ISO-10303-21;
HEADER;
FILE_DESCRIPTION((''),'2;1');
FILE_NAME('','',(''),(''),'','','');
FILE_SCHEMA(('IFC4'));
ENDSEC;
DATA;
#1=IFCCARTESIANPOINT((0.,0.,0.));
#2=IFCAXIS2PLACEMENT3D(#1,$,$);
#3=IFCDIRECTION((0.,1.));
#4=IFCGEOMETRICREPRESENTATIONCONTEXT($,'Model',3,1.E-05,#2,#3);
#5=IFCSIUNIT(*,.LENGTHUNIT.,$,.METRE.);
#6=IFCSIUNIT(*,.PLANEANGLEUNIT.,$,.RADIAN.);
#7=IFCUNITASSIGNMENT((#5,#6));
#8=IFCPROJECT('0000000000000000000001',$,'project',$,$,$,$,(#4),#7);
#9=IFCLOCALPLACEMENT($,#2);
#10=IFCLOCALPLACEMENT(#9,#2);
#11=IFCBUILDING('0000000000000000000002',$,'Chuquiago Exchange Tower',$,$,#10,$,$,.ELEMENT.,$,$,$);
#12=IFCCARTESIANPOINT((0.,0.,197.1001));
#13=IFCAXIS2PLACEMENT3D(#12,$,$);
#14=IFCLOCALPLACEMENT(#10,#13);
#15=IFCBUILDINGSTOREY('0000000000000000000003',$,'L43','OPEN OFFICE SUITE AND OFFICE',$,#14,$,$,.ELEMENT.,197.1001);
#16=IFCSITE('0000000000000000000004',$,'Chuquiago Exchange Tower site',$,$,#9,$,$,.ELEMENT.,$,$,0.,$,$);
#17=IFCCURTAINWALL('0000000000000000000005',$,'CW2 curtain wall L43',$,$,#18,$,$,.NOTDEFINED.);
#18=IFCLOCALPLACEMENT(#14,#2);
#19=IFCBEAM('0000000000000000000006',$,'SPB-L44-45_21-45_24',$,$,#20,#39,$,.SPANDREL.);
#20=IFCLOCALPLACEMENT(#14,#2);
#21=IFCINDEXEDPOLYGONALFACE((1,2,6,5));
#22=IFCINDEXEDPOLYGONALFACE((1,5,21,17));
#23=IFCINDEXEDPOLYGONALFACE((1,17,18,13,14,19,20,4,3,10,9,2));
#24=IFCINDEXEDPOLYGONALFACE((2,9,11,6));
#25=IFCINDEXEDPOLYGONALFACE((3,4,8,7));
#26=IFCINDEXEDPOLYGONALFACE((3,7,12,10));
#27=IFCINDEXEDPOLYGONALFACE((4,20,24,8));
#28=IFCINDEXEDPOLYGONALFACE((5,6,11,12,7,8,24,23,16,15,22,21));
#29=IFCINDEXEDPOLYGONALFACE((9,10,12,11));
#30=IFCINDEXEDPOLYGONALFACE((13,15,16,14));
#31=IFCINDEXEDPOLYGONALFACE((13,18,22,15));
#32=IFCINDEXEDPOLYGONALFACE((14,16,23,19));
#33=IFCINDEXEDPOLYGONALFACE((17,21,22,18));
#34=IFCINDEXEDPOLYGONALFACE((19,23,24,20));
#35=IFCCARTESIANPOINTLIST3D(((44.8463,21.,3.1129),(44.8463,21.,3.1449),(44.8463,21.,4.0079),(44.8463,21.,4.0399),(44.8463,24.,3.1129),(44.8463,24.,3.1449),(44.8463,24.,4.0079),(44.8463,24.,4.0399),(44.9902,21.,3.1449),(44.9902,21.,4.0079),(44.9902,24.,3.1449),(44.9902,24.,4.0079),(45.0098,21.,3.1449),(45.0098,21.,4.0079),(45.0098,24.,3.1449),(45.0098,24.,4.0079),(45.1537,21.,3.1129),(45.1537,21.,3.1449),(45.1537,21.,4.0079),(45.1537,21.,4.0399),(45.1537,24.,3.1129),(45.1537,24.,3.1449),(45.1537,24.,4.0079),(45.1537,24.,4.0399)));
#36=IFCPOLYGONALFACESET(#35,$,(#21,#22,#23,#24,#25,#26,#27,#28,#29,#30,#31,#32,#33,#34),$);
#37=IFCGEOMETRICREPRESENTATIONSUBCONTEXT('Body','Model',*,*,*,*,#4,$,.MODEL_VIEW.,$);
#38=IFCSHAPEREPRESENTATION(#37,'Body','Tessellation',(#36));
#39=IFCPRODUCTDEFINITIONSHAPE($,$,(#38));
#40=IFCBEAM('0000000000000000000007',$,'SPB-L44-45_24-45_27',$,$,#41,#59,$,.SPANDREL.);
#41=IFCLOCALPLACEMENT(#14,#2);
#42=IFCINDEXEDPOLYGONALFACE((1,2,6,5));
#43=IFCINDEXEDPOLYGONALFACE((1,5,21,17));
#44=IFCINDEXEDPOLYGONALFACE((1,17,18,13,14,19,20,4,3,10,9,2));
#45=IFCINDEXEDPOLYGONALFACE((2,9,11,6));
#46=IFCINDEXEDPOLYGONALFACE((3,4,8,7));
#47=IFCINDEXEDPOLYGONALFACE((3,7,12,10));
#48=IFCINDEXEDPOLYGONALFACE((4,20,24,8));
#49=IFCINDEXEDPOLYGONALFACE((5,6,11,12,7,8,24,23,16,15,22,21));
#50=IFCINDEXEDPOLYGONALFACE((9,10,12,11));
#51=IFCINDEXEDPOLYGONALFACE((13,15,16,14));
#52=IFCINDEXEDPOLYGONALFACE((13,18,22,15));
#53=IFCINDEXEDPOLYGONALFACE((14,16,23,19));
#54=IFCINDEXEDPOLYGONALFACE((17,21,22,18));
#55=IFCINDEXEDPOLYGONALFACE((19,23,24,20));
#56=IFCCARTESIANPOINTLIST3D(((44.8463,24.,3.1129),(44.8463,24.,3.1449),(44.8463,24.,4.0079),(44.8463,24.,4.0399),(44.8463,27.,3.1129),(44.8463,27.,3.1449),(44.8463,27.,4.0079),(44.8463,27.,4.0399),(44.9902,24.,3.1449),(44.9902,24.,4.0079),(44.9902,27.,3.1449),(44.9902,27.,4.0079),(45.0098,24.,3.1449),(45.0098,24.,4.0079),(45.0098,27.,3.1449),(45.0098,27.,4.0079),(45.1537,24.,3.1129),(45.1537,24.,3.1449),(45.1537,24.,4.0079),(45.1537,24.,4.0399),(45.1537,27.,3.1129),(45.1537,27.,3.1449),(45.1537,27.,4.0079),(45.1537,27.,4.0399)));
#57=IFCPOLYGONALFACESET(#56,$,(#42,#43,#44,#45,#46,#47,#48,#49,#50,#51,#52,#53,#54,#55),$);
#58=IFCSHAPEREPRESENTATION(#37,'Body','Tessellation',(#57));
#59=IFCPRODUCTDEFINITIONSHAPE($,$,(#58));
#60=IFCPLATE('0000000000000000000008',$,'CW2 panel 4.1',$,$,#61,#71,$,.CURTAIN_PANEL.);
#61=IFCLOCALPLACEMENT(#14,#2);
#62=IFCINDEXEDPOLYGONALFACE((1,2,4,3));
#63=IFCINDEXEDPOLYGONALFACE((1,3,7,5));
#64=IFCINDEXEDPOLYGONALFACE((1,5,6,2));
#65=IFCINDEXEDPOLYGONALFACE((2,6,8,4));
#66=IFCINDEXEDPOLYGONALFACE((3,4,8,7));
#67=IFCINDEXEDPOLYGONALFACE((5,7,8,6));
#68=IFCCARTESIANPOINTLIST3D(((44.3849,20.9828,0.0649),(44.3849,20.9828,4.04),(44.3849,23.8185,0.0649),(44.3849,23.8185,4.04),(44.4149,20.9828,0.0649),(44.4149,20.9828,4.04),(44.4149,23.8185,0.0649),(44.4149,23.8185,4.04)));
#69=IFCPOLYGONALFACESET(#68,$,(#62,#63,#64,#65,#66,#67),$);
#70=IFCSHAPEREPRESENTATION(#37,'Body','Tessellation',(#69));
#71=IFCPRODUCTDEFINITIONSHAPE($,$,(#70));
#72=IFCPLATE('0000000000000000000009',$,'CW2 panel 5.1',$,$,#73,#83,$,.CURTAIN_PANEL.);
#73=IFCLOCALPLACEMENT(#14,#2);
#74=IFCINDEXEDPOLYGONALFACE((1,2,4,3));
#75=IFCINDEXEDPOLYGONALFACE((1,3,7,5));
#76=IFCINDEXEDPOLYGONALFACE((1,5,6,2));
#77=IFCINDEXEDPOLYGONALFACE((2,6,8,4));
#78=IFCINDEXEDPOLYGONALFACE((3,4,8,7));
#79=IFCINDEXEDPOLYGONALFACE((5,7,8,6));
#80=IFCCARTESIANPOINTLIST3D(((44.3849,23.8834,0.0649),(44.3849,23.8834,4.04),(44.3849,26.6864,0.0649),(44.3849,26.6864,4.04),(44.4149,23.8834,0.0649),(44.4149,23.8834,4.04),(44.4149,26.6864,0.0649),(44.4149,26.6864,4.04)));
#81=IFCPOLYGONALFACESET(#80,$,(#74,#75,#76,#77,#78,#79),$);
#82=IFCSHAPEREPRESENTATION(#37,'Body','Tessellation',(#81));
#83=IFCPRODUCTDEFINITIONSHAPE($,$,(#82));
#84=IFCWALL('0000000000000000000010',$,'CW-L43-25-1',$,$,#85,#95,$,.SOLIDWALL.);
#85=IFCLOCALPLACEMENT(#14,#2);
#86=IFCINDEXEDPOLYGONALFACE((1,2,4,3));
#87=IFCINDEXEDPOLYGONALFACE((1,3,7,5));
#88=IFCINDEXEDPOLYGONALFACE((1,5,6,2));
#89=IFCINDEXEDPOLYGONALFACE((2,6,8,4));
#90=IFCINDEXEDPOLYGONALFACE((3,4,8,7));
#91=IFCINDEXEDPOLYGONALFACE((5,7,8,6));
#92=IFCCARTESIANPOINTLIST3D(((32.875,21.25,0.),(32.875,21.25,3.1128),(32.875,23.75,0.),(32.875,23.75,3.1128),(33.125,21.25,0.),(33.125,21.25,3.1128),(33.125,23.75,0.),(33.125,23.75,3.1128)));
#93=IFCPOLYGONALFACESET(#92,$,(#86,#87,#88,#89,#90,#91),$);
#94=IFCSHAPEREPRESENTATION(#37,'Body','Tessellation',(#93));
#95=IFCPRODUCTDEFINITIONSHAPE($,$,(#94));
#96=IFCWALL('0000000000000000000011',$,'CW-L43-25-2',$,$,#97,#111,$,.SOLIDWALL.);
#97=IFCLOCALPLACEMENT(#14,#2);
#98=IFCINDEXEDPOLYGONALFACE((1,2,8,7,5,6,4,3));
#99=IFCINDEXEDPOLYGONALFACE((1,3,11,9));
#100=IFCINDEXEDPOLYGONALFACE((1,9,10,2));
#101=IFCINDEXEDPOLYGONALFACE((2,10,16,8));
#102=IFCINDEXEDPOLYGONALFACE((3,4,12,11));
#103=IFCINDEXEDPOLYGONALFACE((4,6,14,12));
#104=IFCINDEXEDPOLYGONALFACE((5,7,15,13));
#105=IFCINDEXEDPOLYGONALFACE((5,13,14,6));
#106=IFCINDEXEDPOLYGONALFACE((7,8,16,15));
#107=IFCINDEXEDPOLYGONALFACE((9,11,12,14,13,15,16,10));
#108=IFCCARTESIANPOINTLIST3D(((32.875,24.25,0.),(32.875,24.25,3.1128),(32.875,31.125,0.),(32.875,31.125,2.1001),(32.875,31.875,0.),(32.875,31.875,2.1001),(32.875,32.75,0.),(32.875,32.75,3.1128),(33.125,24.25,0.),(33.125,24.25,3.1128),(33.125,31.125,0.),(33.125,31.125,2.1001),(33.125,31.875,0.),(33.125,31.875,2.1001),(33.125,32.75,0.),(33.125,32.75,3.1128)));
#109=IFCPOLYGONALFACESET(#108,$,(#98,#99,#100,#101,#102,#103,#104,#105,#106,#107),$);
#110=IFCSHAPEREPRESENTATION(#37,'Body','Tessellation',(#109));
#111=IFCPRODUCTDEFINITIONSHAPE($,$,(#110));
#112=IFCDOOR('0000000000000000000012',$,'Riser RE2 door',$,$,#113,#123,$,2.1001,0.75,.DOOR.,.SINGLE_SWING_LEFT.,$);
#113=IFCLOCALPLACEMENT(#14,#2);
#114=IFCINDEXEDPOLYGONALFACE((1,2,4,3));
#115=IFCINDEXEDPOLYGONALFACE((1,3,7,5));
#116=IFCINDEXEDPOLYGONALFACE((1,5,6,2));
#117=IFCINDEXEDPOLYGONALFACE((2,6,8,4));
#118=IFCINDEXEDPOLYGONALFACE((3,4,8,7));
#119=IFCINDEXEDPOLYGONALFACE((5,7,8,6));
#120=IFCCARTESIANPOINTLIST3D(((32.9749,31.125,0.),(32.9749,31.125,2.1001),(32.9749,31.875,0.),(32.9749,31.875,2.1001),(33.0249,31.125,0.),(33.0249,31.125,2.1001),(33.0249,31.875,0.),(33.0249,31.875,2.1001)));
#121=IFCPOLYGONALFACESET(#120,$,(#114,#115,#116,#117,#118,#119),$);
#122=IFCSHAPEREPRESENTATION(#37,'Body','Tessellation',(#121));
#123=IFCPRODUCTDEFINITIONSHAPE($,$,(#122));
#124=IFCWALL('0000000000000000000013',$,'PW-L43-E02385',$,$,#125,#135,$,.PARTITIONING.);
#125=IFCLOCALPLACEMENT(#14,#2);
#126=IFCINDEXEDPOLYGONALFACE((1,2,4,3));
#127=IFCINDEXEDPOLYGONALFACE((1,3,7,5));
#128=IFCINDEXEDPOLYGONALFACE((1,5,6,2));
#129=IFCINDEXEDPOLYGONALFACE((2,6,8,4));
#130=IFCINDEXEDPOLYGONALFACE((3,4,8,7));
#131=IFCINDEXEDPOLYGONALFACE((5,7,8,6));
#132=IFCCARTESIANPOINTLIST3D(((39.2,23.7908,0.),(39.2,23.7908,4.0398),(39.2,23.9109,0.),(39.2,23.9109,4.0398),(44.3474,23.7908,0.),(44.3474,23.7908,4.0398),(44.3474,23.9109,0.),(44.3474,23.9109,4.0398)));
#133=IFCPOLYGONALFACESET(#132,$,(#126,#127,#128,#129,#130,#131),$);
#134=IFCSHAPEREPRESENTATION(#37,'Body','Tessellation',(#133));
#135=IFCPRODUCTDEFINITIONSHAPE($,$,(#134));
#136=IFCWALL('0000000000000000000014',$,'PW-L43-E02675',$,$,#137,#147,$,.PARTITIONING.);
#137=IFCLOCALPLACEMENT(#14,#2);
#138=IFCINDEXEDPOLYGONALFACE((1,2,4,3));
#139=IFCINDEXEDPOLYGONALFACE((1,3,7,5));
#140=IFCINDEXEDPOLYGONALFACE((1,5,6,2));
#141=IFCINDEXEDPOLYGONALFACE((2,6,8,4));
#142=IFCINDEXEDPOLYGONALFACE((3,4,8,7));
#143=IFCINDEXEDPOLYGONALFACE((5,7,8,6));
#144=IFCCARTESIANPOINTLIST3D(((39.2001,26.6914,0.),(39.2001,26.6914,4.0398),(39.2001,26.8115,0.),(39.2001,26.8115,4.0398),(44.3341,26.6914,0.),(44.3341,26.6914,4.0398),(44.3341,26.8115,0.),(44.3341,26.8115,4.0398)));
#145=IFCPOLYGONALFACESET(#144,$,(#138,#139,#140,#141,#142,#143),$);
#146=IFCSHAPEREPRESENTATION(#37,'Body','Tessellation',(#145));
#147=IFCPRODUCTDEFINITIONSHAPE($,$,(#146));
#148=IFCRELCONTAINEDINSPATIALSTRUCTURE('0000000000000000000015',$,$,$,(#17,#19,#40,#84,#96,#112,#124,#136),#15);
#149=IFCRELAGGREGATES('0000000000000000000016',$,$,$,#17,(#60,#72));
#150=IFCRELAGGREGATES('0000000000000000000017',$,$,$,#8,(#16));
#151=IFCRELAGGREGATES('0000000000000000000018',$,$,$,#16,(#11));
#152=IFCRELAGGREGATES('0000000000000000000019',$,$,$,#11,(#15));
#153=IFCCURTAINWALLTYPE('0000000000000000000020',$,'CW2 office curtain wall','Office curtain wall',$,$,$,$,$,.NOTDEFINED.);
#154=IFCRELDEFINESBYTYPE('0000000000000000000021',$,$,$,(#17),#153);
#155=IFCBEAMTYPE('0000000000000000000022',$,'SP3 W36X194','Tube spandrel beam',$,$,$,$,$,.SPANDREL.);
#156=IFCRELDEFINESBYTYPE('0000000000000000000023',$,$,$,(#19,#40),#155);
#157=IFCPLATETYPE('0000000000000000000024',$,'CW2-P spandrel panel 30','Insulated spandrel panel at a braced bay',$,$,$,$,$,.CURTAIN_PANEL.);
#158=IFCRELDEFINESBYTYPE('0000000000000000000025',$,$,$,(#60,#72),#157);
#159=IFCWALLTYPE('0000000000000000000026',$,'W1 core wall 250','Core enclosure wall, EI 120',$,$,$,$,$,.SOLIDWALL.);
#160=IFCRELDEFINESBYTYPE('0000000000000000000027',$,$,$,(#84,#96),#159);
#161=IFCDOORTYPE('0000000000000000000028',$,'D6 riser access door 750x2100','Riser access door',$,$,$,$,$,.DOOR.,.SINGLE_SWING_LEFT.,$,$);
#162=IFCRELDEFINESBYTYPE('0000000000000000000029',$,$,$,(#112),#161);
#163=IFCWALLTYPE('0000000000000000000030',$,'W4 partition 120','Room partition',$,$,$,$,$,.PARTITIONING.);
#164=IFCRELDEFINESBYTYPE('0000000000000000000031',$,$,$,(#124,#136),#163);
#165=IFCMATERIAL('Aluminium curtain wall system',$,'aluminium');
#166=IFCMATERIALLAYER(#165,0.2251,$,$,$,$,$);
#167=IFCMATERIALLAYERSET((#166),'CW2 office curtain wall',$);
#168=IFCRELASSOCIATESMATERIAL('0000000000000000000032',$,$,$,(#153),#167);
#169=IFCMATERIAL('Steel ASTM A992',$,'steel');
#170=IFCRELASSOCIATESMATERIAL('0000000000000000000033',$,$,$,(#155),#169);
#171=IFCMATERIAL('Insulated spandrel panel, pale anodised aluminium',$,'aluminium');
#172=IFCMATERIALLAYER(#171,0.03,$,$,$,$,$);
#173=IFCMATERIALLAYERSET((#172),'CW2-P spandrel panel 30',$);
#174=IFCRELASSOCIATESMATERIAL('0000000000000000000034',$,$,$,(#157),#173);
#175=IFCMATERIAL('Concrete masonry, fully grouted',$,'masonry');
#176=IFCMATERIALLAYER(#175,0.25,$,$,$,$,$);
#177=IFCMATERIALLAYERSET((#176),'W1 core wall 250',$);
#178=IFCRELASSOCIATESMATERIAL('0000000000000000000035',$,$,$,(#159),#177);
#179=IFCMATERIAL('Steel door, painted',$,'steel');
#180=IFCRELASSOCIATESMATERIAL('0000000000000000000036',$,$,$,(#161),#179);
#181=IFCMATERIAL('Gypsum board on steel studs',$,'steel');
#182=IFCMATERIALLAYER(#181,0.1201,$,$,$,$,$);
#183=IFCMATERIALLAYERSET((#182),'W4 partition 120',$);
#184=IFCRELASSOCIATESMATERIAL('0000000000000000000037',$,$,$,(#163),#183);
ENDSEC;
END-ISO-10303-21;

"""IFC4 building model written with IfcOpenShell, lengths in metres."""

from ifc_helpers import new_model, si_unit, direction, frame, frame_2d, origin, origin_2d, place, context, subcontext, project, spatial, rectangle, i_section, extrude, material, layer, layer_set, material_profile, profile_set, type_object, element, fill, aggregate, save


model = new_model("IFC4")

# Units and contexts
model_context = context("Model", 3, precision=1e-05, world=origin(), true_north=direction((0.0, 1.0)))
body_context = subcontext(model_context, "Body", "Model", "MODEL_VIEW")
ifc_project = project(units=[si_unit("LENGTHUNIT", "METRE"), si_unit("PLANEANGLEUNIT", "RADIAN")], contexts=[model_context])

# Site, building, storey
site_placement = place(None, origin())
site = spatial("IfcSite", under=ifc_project, at=site_placement, Name="Chuquiago Exchange Tower site", CompositionType="ELEMENT", RefElevation=0.0)
building_placement = place(site_placement, origin())
building = spatial("IfcBuilding", under=site, at=building_placement, Name="Chuquiago Exchange Tower", CompositionType="ELEMENT")
storey_placement = place(building_placement, frame((0.0, 0.0, 197.1001)))
storey = spatial("IfcBuildingStorey", under=building, at=storey_placement, Name="L43", Description="OPEN OFFICE SUITE AND OFFICE", CompositionType="ELEMENT", Elevation=197.1001)

# Curtain wall
ifc_material_1 = material(Name="Aluminium curtain wall system", Category="aluminium")
ifc_layer_1 = layer(ifc_material_1, 0.2251)
ifc_layer_set_1 = layer_set([ifc_layer_1], Name="CW2 office curtain wall")
curtain_wall_type_1 = type_object("IfcCurtainWallType", Name="CW2 office curtain wall", Description="Office curtain wall", PredefinedType="NOTDEFINED", material=ifc_layer_set_1)
curtain_wall_1_placement = place(storey_placement, origin())
curtain_wall_1 = element("IfcCurtainWall", 1, at=curtain_wall_1_placement, inside=storey, type_object=curtain_wall_type_1, Name="CW2 curtain wall L43", PredefinedType="NOTDEFINED")

# Beams
ifc_material_2 = material(Name="Steel ASTM A992", Category="steel")
ifc_material_profile_1 = material_profile(ifc_material_2, i_section(OverallWidth=0.3074, OverallDepth=0.927, WebThickness=0.0195, FlangeThickness=0.032, at=origin_2d()), Name="W36X194")
ifc_profile_set_1 = profile_set([ifc_material_profile_1], Name="Steel ASTM A992")
beam_type_1 = type_object("IfcBeamType", Name="SP3 W36X194", Description="Tube spandrel beam", PredefinedType="SPANDREL", material=ifc_profile_set_1)
for number, where, z_axis, x_axis, name in (
    (2, (45.0, 21.0, 3.5764), (0.0, 1.0, 0.0), (-1.0, 0.0, 0.0), "SPB-L44-45_21-45_24"),
    (3, (45.0, 24.0, 3.5764), (0.0, 1.0, 0.0), (-1.0, 0.0, 0.0), "SPB-L44-45_24-45_27"),
):
    element("IfcBeam", number, at=place(storey_placement, frame(where, z_axis=z_axis, x_axis=x_axis)), inside=storey, type_object=beam_type_1, Name=name, PredefinedType="SPANDREL", context=body_context, shape_type="SweptSolid", body=[
        extrude(i_section(OverallWidth=0.3074, OverallDepth=0.927, WebThickness=0.0195, FlangeThickness=0.032, at=origin_2d()), origin(), (0.0, 0.0, 1.0), 3.0),
    ])

# Plates
ifc_material_3 = material(Name="Insulated spandrel panel, pale anodised aluminium", Category="aluminium")
ifc_layer_2 = layer(ifc_material_3, 0.03)
ifc_layer_set_2 = layer_set([ifc_layer_2], Name="CW2-P spandrel panel 30")
plate_type = type_object("IfcPlateType", Name="CW2-P spandrel panel 30", Description="Insulated spandrel panel at a braced bay", PredefinedType="CURTAIN_PANEL", material=ifc_layer_set_2)
plate_1_placement = place(storey_placement, frame((44.3999, 22.4006, 0.0649), z_axis=(0.0, 0.0, 1.0), x_axis=(0.0, 1.0, 0.0)))
plate_1 = element("IfcPlate", 4, at=plate_1_placement, type_object=plate_type, Name="CW2 panel 4.1", PredefinedType="CURTAIN_PANEL", context=body_context, shape_type="SweptSolid", body=[
    extrude(rectangle(XDim=2.8357, YDim=0.03, at=origin_2d()), origin(), (0.0, 0.0, 1.0), 3.9751),
])
plate_2_placement = place(storey_placement, frame((44.3999, 25.2849, 0.0649), z_axis=(0.0, 0.0, 1.0), x_axis=(0.0, 1.0, 0.0)))
plate_2 = element("IfcPlate", 5, at=plate_2_placement, type_object=plate_type, Name="CW2 panel 5.1", PredefinedType="CURTAIN_PANEL", context=body_context, shape_type="SweptSolid", body=[
    extrude(rectangle(XDim=2.803, YDim=0.03, at=origin_2d()), origin(), (0.0, 0.0, 1.0), 3.9751),
])
aggregate(curtain_wall_1, [plate_1, plate_2])

# Wall
ifc_material_4 = material(Name="Concrete masonry, fully grouted", Category="masonry")
ifc_layer_3 = layer(ifc_material_4, 0.25)
ifc_layer_set_3 = layer_set([ifc_layer_3], Name="W1 core wall 250")
wall_type_1 = type_object("IfcWallType", Name="W1 core wall 250", Description="Core enclosure wall, EI 120", PredefinedType="SOLIDWALL", material=ifc_layer_set_3)
wall_1_placement = place(storey_placement, frame((33.0, 21.25, 0.0), z_axis=(0.0, 0.0, 1.0), x_axis=(0.0, 1.0, 0.0)))
element("IfcWall", 6, at=wall_1_placement, inside=storey, type_object=wall_type_1, Name="CW-L43-25-1", PredefinedType="SOLIDWALL", context=body_context, shape_type="SweptSolid", body=[
    extrude(rectangle(XDim=2.5, YDim=0.25, at=frame_2d((1.25, 0.0))), origin(), (0.0, 0.0, 1.0), 3.1128),
])

# Wall, opening, door
wall_2_placement = place(storey_placement, frame((33.0, 24.25, 0.0), z_axis=(0.0, 0.0, 1.0), x_axis=(0.0, 1.0, 0.0)))
wall_2 = element("IfcWall", 7, at=wall_2_placement, inside=storey, type_object=wall_type_1, Name="CW-L43-25-2", PredefinedType="SOLIDWALL", context=body_context, shape_type="SweptSolid", body=[
    extrude(rectangle(XDim=8.5, YDim=0.25, at=frame_2d((4.25, 0.0))), origin(), (0.0, 0.0, 1.0), 3.1128),
])
opening_1_placement = place(wall_2_placement, frame((6.875, 0.0, 0.0)))
opening_1 = element("IfcOpeningElement", 8, at=opening_1_placement, cuts=wall_2, PredefinedType="OPENING", context=body_context, shape_type="SweptSolid", body=[
    extrude(rectangle(XDim=0.75, YDim=2.1001, at=frame_2d((0.375, 1.05))), frame((0.0, 0.135, 0.0), z_axis=(0.0, -1.0, 0.0), x_axis=(1.0, 0.0, 0.0)), (0.0, 0.0, 1.0), 0.27),
])
ifc_material_5 = material(Name="Steel door, painted", Category="steel")
door_type_1 = type_object("IfcDoorType", Name="D6 riser access door 750x2100", Description="Riser access door", OperationType="SINGLE_SWING_LEFT", PredefinedType="DOOR", material=ifc_material_5)
door_1_placement = place(opening_1_placement, frame((0.75, 0.0, 0.0), z_axis=(0.0, 0.0, 1.0), x_axis=(-1.0, 0.0, 0.0)))
door_1 = element("IfcDoor", 9, at=door_1_placement, inside=storey, type_object=door_type_1, Name="Riser RE2 door", OperationType="SINGLE_SWING_LEFT", OverallHeight=2.1001, OverallWidth=0.75, PredefinedType="DOOR", context=body_context, shape_type="SweptSolid", body=[
    extrude(rectangle(XDim=0.75, YDim=2.1001, at=frame_2d((0.375, 1.05))), frame((0.0, 0.0249, 0.0), z_axis=(0.0, -1.0, 0.0), x_axis=(1.0, 0.0, 0.0)), (0.0, 0.0, 1.0), 0.05),
])
fill(opening_1, door_1)

# Walls
ifc_material_6 = material(Name="Gypsum board on steel studs", Category="steel")
ifc_layer_4 = layer(ifc_material_6, 0.1201)
ifc_layer_set_4 = layer_set([ifc_layer_4], Name="W4 partition 120")
wall_type_2 = type_object("IfcWallType", Name="W4 partition 120", Description="Room partition", PredefinedType="PARTITIONING", material=ifc_layer_set_4)
wall_3_placement = place(storey_placement, frame((44.3474, 23.8508, 0.0), z_axis=(0.0, 0.0, 1.0), x_axis=(-1.0, 0.0, 0.0)))
element("IfcWall", 10, at=wall_3_placement, inside=storey, type_object=wall_type_2, Name="PW-L43-E02385", PredefinedType="PARTITIONING", context=body_context, shape_type="SweptSolid", body=[
    extrude(rectangle(XDim=5.1475, YDim=0.1201, at=frame_2d((2.5737, 0.0))), origin(), (0.0, 0.0, 1.0), 4.0398),
])
wall_4_placement = place(storey_placement, frame((44.334, 26.7515, 0.0), z_axis=(0.0, 0.0, 1.0), x_axis=(-1.0, 0.0, 0.0)))
element("IfcWall", 11, at=wall_4_placement, inside=storey, type_object=wall_type_2, Name="PW-L43-E02675", PredefinedType="PARTITIONING", context=body_context, shape_type="SweptSolid", body=[
    extrude(rectangle(XDim=5.134, YDim=0.1201, at=frame_2d((2.5669, 0.0))), origin(), (0.0, 0.0, 1.0), 4.0398),
])

save(model, "model.ifc")
